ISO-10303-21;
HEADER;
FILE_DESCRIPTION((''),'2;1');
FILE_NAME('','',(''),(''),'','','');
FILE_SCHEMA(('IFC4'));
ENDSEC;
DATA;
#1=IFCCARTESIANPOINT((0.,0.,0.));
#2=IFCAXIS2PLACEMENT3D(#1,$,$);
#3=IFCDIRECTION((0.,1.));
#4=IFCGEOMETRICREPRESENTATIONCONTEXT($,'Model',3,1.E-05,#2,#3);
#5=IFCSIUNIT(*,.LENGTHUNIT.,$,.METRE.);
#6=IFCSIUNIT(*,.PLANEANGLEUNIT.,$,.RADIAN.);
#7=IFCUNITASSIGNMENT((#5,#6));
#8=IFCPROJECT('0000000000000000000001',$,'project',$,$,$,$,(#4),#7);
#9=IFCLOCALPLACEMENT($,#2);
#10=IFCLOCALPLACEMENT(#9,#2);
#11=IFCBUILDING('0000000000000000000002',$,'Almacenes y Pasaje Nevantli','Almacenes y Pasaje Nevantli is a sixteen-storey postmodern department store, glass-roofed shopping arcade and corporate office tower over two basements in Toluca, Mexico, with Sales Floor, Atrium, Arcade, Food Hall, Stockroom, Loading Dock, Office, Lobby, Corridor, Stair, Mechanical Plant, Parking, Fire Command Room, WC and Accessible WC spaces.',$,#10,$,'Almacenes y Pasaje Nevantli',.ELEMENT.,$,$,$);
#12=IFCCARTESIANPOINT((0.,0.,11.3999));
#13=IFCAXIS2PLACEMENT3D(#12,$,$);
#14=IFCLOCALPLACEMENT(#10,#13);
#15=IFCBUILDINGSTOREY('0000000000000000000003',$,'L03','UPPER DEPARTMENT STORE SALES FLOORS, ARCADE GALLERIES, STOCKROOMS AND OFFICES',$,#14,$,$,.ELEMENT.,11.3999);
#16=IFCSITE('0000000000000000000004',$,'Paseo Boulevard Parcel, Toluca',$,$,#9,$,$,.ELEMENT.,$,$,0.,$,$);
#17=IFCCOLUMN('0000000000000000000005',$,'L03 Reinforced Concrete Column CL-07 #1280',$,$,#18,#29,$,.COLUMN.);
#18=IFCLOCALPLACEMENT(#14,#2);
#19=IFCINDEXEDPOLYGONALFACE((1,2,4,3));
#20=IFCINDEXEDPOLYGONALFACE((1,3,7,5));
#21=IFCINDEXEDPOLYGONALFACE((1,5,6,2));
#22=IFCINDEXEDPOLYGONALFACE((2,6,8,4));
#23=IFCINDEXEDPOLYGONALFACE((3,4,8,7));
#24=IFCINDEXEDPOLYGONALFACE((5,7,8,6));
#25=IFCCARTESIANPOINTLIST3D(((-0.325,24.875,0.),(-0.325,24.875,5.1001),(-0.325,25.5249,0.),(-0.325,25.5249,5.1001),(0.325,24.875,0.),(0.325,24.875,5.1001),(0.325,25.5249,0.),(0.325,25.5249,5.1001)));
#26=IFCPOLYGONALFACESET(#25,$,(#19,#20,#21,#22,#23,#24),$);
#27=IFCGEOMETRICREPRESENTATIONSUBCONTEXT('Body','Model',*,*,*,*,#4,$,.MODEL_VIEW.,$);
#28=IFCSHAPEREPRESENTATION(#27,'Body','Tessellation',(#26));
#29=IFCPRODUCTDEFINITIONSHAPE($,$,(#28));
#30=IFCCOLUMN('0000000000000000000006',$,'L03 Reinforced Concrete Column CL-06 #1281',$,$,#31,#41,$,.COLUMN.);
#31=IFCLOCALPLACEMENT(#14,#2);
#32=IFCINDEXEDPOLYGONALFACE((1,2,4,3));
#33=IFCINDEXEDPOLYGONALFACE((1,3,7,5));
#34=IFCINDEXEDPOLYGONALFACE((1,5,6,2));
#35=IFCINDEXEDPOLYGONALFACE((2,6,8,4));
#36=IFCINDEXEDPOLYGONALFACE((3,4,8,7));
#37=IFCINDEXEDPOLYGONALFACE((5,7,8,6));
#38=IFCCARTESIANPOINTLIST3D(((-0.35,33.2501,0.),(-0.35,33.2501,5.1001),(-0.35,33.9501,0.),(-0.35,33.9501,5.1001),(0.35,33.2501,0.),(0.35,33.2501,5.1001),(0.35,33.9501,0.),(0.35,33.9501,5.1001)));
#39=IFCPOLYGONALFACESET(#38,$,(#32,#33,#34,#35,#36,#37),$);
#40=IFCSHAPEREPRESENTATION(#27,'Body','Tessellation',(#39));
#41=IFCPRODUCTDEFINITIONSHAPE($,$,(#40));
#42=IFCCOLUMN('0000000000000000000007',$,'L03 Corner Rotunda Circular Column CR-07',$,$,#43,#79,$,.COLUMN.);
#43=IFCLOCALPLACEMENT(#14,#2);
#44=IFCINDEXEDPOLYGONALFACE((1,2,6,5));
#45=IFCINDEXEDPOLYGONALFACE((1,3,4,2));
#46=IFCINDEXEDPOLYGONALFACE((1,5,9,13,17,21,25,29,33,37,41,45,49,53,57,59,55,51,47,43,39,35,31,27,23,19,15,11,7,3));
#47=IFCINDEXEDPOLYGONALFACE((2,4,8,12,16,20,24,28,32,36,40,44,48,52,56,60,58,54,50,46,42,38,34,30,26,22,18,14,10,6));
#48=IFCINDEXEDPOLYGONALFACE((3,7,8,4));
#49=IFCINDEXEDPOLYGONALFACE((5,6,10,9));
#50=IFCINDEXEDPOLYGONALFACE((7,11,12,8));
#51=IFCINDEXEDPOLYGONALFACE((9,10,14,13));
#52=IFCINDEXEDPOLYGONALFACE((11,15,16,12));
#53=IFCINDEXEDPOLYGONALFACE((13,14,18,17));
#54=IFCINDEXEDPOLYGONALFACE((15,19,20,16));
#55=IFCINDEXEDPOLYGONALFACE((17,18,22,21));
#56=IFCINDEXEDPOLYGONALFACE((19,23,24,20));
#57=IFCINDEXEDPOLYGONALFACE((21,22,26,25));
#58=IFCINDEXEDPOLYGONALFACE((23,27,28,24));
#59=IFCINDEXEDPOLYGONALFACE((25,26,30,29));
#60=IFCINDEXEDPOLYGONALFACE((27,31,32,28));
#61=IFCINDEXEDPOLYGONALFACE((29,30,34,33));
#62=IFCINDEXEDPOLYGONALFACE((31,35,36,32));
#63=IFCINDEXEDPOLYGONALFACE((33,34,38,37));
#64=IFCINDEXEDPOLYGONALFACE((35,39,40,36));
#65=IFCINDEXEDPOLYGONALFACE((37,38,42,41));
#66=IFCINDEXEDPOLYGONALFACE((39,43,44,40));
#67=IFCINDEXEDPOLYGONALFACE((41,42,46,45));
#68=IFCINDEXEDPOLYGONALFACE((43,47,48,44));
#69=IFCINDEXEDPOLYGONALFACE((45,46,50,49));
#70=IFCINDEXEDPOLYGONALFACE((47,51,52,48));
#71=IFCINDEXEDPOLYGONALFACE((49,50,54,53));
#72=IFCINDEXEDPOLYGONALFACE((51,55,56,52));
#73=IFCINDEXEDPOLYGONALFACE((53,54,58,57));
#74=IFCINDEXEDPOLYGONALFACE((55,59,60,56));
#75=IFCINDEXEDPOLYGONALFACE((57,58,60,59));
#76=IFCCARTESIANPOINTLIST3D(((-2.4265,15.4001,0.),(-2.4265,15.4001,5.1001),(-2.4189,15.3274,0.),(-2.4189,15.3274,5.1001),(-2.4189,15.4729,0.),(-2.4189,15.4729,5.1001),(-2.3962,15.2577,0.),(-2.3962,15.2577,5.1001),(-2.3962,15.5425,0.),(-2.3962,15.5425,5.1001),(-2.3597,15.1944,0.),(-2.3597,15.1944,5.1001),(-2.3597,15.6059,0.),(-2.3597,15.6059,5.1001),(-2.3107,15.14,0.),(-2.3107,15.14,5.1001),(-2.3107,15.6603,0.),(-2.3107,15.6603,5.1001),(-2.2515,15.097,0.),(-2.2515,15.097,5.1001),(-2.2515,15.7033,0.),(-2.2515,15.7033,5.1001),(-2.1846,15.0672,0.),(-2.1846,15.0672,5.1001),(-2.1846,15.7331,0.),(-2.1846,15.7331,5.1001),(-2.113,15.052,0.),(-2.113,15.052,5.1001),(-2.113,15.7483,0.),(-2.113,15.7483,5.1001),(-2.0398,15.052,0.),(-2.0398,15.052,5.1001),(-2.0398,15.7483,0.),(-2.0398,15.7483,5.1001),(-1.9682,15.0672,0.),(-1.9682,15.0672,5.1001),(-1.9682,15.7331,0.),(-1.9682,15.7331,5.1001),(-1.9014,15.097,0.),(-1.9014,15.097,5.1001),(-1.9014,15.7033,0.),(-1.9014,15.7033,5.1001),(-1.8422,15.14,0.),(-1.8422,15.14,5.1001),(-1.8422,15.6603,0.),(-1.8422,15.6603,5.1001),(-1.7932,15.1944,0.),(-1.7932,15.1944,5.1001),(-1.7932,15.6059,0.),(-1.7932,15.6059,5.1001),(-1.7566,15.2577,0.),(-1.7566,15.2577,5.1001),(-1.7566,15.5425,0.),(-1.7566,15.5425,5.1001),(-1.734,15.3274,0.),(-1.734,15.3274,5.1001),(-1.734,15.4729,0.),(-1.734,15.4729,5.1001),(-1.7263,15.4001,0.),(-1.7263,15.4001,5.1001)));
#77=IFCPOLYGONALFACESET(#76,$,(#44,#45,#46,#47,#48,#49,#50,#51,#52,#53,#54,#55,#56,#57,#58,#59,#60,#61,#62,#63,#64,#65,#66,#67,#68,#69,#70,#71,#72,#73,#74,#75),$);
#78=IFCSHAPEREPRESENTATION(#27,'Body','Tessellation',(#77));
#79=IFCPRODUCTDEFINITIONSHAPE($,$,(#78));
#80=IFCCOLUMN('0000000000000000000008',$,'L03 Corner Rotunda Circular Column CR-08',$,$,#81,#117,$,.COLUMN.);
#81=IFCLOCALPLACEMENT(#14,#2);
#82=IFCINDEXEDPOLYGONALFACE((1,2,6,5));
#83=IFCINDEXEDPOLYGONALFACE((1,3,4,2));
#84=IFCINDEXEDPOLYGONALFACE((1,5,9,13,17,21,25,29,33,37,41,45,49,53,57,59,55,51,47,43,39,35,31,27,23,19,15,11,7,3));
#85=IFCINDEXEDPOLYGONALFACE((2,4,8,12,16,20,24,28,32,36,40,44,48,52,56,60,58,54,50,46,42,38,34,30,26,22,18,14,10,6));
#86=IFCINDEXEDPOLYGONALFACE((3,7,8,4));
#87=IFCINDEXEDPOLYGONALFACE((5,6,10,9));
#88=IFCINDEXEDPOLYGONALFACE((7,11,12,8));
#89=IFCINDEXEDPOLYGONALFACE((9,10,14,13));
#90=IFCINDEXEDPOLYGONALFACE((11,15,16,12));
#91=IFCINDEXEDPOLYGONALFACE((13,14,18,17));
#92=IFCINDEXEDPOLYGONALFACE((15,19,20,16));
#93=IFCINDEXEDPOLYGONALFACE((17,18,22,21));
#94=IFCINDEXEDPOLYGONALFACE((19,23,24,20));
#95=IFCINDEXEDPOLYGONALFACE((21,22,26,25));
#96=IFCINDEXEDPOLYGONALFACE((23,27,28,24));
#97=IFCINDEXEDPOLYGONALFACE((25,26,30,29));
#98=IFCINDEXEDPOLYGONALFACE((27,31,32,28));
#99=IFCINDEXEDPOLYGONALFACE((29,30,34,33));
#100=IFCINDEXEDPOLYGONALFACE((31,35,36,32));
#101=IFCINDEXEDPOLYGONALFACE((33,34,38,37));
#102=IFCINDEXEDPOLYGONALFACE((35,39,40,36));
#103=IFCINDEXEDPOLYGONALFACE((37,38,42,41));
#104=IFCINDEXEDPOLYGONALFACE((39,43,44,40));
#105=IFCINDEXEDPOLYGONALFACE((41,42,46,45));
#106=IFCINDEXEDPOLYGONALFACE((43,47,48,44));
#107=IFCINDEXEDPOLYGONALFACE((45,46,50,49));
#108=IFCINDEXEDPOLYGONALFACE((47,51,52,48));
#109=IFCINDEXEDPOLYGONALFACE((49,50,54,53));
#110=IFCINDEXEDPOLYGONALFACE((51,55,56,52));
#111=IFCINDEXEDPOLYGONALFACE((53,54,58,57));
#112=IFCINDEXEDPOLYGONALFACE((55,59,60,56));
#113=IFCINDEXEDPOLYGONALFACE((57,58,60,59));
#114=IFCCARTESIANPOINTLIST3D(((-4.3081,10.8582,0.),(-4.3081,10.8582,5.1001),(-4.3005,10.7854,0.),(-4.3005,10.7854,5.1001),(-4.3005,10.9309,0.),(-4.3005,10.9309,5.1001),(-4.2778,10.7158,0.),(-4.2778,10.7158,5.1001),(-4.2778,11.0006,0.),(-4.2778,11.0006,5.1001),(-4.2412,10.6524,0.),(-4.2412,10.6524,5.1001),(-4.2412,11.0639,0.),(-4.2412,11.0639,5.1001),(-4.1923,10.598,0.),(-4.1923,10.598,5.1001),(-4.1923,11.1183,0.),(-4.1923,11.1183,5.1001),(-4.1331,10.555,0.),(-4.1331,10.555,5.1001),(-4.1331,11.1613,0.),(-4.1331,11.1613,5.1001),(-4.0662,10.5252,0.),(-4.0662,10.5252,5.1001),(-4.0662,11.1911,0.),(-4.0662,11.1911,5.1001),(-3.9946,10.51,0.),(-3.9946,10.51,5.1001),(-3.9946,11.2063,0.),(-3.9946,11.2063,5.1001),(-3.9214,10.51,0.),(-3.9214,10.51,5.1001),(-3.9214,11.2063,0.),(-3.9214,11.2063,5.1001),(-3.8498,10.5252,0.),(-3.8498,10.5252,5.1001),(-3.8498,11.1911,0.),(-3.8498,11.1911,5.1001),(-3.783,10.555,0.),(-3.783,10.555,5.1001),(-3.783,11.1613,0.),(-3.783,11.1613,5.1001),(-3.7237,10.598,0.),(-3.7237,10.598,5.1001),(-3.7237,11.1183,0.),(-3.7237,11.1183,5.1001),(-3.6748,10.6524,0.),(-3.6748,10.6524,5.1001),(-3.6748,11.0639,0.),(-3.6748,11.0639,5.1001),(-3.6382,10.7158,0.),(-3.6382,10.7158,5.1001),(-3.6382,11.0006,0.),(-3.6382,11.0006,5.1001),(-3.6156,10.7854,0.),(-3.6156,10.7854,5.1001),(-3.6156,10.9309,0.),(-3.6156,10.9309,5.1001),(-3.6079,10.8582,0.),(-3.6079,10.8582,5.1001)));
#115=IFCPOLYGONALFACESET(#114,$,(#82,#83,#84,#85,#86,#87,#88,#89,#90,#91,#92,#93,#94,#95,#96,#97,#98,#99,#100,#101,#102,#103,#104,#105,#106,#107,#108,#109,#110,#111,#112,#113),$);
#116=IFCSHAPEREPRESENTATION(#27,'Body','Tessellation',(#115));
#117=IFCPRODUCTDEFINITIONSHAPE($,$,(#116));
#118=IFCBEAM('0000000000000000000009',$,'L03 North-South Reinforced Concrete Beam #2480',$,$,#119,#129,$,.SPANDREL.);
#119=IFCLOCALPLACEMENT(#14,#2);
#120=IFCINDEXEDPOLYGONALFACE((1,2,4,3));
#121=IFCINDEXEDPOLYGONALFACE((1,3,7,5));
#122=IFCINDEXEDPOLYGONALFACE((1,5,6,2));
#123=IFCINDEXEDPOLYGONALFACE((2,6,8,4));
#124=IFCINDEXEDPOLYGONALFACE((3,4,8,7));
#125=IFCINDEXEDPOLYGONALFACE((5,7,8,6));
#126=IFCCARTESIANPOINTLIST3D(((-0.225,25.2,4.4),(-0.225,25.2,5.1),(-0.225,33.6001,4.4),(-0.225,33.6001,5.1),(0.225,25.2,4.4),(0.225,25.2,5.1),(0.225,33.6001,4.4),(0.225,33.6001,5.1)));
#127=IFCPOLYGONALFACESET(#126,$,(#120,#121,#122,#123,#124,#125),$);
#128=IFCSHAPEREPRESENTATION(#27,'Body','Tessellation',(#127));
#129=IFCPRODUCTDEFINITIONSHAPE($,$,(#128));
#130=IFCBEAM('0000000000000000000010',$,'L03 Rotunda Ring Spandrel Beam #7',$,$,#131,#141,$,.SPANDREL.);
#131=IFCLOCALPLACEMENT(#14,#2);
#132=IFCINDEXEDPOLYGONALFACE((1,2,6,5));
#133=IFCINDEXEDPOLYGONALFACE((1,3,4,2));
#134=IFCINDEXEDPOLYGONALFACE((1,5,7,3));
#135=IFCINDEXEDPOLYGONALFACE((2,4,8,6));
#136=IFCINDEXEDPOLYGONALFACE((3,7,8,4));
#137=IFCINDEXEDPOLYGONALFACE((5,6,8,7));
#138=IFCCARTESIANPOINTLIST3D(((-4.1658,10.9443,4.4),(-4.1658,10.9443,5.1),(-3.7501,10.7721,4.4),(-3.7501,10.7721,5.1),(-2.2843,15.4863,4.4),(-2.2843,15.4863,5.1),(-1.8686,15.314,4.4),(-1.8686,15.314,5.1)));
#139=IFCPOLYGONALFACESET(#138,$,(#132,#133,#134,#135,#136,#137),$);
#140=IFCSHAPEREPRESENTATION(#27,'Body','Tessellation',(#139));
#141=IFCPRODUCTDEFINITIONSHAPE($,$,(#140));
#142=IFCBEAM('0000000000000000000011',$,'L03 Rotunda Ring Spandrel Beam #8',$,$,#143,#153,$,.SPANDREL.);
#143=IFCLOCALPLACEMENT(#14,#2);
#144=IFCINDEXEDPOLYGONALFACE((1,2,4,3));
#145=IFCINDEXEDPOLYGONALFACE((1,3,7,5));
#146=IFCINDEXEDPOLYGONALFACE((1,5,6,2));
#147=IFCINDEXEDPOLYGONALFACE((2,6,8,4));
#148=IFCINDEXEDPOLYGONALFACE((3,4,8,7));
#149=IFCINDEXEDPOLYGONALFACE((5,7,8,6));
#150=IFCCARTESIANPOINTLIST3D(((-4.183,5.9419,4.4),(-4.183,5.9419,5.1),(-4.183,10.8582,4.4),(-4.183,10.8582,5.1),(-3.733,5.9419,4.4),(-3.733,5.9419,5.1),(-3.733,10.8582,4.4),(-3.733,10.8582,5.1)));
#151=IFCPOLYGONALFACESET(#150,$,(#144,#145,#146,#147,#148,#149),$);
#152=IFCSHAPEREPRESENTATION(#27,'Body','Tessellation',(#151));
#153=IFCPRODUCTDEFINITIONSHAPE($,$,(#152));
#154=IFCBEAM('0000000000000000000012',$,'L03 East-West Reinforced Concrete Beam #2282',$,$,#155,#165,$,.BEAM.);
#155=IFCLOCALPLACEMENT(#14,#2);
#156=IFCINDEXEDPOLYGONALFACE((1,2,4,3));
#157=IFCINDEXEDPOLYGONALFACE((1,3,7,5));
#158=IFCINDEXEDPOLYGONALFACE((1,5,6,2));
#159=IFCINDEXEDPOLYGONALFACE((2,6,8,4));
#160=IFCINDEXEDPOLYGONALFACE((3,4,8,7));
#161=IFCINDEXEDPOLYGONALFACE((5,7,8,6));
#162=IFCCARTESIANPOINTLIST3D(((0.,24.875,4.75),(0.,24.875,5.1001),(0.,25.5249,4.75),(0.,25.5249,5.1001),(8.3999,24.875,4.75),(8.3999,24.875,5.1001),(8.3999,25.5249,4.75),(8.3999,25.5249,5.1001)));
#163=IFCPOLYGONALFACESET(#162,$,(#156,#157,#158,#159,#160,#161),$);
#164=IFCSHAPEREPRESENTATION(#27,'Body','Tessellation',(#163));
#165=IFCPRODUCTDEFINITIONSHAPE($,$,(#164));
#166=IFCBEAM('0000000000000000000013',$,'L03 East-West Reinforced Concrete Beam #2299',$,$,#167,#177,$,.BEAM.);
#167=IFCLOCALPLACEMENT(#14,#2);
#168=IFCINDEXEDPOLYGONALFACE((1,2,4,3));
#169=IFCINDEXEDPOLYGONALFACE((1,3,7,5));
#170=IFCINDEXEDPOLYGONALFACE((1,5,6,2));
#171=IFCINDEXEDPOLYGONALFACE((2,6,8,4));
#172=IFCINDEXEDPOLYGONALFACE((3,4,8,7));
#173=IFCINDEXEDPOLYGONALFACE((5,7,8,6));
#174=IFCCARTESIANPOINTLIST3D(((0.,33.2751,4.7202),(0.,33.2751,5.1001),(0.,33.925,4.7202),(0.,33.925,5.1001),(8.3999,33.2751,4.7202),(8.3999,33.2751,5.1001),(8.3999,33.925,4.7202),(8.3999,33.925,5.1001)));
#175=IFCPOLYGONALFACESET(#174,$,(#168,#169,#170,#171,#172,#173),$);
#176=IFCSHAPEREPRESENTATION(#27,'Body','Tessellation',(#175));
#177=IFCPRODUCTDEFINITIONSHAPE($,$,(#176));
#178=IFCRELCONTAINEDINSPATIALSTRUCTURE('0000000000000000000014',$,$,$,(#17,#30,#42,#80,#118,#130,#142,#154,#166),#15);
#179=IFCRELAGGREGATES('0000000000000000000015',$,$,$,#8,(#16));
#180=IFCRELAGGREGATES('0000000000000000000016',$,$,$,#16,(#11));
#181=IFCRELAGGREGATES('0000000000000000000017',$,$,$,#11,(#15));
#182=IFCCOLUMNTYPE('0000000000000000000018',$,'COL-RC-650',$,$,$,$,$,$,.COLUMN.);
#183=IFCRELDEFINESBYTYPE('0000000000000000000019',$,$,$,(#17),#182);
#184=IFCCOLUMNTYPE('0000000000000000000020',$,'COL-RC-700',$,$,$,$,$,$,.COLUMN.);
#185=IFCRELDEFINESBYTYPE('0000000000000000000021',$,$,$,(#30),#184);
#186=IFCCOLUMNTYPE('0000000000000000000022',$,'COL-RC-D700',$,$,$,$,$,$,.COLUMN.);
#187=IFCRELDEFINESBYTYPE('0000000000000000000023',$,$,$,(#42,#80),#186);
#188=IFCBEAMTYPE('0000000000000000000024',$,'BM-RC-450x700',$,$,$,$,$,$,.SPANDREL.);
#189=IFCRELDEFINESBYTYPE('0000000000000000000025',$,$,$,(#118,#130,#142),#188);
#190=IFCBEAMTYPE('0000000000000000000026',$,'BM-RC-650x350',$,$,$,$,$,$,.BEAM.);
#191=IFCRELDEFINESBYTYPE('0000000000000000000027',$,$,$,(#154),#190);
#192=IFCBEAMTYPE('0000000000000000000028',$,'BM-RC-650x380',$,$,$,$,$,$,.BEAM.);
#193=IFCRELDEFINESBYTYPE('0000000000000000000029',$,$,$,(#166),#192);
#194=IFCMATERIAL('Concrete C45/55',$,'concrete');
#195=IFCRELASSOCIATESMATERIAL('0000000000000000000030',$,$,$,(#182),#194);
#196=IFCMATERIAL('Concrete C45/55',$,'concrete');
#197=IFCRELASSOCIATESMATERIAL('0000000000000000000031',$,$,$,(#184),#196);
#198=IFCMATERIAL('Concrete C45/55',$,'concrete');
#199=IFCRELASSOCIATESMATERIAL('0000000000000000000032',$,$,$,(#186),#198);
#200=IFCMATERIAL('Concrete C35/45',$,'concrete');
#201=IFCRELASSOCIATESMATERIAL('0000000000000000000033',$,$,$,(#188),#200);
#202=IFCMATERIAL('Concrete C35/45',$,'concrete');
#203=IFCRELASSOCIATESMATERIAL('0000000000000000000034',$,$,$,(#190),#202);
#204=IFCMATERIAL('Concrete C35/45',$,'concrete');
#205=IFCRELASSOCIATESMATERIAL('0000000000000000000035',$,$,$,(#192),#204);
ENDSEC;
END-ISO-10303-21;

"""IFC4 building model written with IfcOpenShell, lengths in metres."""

from ifc_helpers import new_model, si_unit, direction, frame, origin, origin_2d, place, context, subcontext, project, spatial, rectangle, circle, extrude, material, material_profile, profile_set, type_object, element, save


model = new_model("IFC4")

# Units and contexts
model_context = context("Model", 3, precision=1e-05, world=origin(), true_north=direction((0.0, 1.0)))
body_context = subcontext(model_context, "Body", "Model", "MODEL_VIEW")
ifc_project = project(units=[si_unit("LENGTHUNIT", "METRE"), si_unit("PLANEANGLEUNIT", "RADIAN")], contexts=[model_context])

# Site, building, storey
site_placement = place(None, origin())
site = spatial("IfcSite", under=ifc_project, at=site_placement, Name="Paseo Boulevard Parcel, Toluca", CompositionType="ELEMENT", RefElevation=0.0)
building_placement = place(site_placement, origin())
building = spatial("IfcBuilding", under=site, at=building_placement, Name="Almacenes y Pasaje Nevantli", Description="Almacenes y Pasaje Nevantli is a sixteen-storey postmodern department store, glass-roofed shopping arcade and corporate office tower over two basements in Toluca, Mexico, with Sales Floor, Atrium, Arcade, Food Hall, Stockroom, Loading Dock, Office, Lobby, Corridor, Stair, Mechanical Plant, Parking, Fire Command Room, WC and Accessible WC spaces.", LongName="Almacenes y Pasaje Nevantli", CompositionType="ELEMENT")
storey_placement = place(building_placement, frame((0.0, 0.0, 11.3999)))
storey = spatial("IfcBuildingStorey", under=building, at=storey_placement, Name="L03", Description="UPPER DEPARTMENT STORE SALES FLOORS, ARCADE GALLERIES, STOCKROOMS AND OFFICES", CompositionType="ELEMENT", Elevation=11.3999)

# Columns
ifc_material_1 = material(Name="Concrete C45/55", Category="concrete")
ifc_material_profile_1 = material_profile(ifc_material_1, rectangle(XDim=0.6499, YDim=0.6499, at=origin_2d()), Name="RC-COL-650x650")
ifc_profile_set_1 = profile_set([ifc_material_profile_1], Name="Concrete C45/55")
column_type_1 = type_object("IfcColumnType", Name="COL-RC-650", PredefinedType="COLUMN", material=ifc_profile_set_1)
column_1_placement = place(storey_placement, frame((0.0, 25.2, 0.0), z_axis=(0.0, 0.0, 1.0), x_axis=(1.0, 0.0, 0.0)))
element("IfcColumn", 1, at=column_1_placement, inside=storey, type_object=column_type_1, Name="L03 Reinforced Concrete Column CL-07 #1280", PredefinedType="COLUMN", context=body_context, shape_type="SweptSolid", body=[
    extrude(rectangle(XDim=0.6499, YDim=0.6499, at=origin_2d()), origin(), (0.0, 0.0, 1.0), 5.1001),
])
ifc_material_2 = material(Name="Concrete C45/55", Category="concrete")
ifc_material_profile_2 = material_profile(ifc_material_2, rectangle(XDim=0.7, YDim=0.7, at=origin_2d()), Name="RC-COL-700x700")
ifc_profile_set_2 = profile_set([ifc_material_profile_2], Name="Concrete C45/55")
column_type_2 = type_object("IfcColumnType", Name="COL-RC-700", PredefinedType="COLUMN", material=ifc_profile_set_2)
column_2_placement = place(storey_placement, frame((0.0, 33.6001, 0.0), z_axis=(0.0, 0.0, 1.0), x_axis=(1.0, 0.0, 0.0)))
element("IfcColumn", 2, at=column_2_placement, inside=storey, type_object=column_type_2, Name="L03 Reinforced Concrete Column CL-06 #1281", PredefinedType="COLUMN", context=body_context, shape_type="SweptSolid", body=[
    extrude(rectangle(XDim=0.7, YDim=0.7, at=origin_2d()), origin(), (0.0, 0.0, 1.0), 5.1001),
])
ifc_material_3 = material(Name="Concrete C45/55", Category="concrete")
ifc_material_profile_3 = material_profile(ifc_material_3, circle(Radius=0.3501, at=origin_2d()), Name="RC-COL-D700")
ifc_profile_set_3 = profile_set([ifc_material_profile_3], Name="Concrete C45/55")
column_type_3 = type_object("IfcColumnType", Name="COL-RC-D700", PredefinedType="COLUMN", material=ifc_profile_set_3)
for number, where, z_axis, x_axis, name in (
    (3, (-2.0764, 15.4001, 0.0), (0.0, 0.0, 1.0), (1.0, 0.0, 0.0), "L03 Corner Rotunda Circular Column CR-07"),
    (4, (-3.958, 10.8582, 0.0), (0.0, 0.0, 1.0), (1.0, 0.0, 0.0), "L03 Corner Rotunda Circular Column CR-08"),
):
    element("IfcColumn", number, at=place(storey_placement, frame(where, z_axis=z_axis, x_axis=x_axis)), inside=storey, type_object=column_type_3, Name=name, PredefinedType="COLUMN", context=body_context, shape_type="SweptSolid", body=[
        extrude(circle(Radius=0.3501, at=origin_2d()), origin(), (0.0, 0.0, 1.0), 5.1001),
    ])

# Beams
ifc_material_4 = material(Name="Concrete C35/45", Category="concrete")
ifc_material_profile_4 = material_profile(ifc_material_4, rectangle(XDim=0.45, YDim=0.7, at=origin_2d()), Name="RC-BM-450x700")
ifc_profile_set_4 = profile_set([ifc_material_profile_4], Name="Concrete C35/45")
beam_type_1 = type_object("IfcBeamType", Name="BM-RC-450x700", PredefinedType="SPANDREL", material=ifc_profile_set_4)
beam_1_placement = place(storey_placement, frame((0.0, 25.2, 4.75), z_axis=(0.0, 1.0, 0.0), x_axis=(-1.0, 0.0, 0.0)))
element("IfcBeam", 5, at=beam_1_placement, inside=storey, type_object=beam_type_1, Name="L03 North-South Reinforced Concrete Beam #2480", PredefinedType="SPANDREL", context=body_context, shape_type="SweptSolid", body=[
    extrude(rectangle(XDim=0.45, YDim=0.7, at=origin_2d()), origin(), (0.0, 0.0, 1.0), 8.4001),
])
for number, where, z_axis, x_axis, name in (
    (6, (-2.0764, 15.4001, 4.75), (-0.382725, -0.923862, 0.0), (0.923862, -0.382725, 0.0), "L03 Rotunda Ring Spandrel Beam #7"),
    (7, (-3.958, 10.8582, 4.75), (0.0, -1.0, 0.0), (1.0, 0.0, 0.0), "L03 Rotunda Ring Spandrel Beam #8"),
):
    element("IfcBeam", number, at=place(storey_placement, frame(where, z_axis=z_axis, x_axis=x_axis)), inside=storey, type_object=beam_type_1, Name=name, PredefinedType="SPANDREL", context=body_context, shape_type="SweptSolid", body=[
        extrude(rectangle(XDim=0.45, YDim=0.7, at=origin_2d()), origin(), (0.0, 0.0, 1.0), 4.9163),
    ])
ifc_material_5 = material(Name="Concrete C35/45", Category="concrete")
ifc_material_profile_5 = material_profile(ifc_material_5, rectangle(XDim=0.6499, YDim=0.3501, at=origin_2d()), Name="RC-BM-650x350")
ifc_profile_set_5 = profile_set([ifc_material_profile_5], Name="Concrete C35/45")
beam_type_2 = type_object("IfcBeamType", Name="BM-RC-650x350", PredefinedType="BEAM", material=ifc_profile_set_5)
beam_2_placement = place(storey_placement, frame((0.0, 25.2, 4.925), z_axis=(1.0, 0.0, 0.0), x_axis=(0.0, 1.0, 0.0)))
element("IfcBeam", 8, at=beam_2_placement, inside=storey, type_object=beam_type_2, Name="L03 East-West Reinforced Concrete Beam #2282", PredefinedType="BEAM", context=body_context, shape_type="SweptSolid", body=[
    extrude(rectangle(XDim=0.6499, YDim=0.3501, at=origin_2d()), origin(), (0.0, 0.0, 1.0), 8.3999),
])
ifc_material_6 = material(Name="Concrete C35/45", Category="concrete")
ifc_material_profile_6 = material_profile(ifc_material_6, rectangle(XDim=0.6499, YDim=0.3799, at=origin_2d()), Name="RC-BM-650x380")
ifc_profile_set_6 = profile_set([ifc_material_profile_6], Name="Concrete C35/45")
beam_type_3 = type_object("IfcBeamType", Name="BM-RC-650x380", PredefinedType="BEAM", material=ifc_profile_set_6)
beam_3_placement = place(storey_placement, frame((0.0, 33.6001, 4.9102), z_axis=(1.0, 0.0, 0.0), x_axis=(0.0, 1.0, 0.0)))
element("IfcBeam", 9, at=beam_3_placement, inside=storey, type_object=beam_type_3, Name="L03 East-West Reinforced Concrete Beam #2299", PredefinedType="BEAM", context=body_context, shape_type="SweptSolid", body=[
    extrude(rectangle(XDim=0.6499, YDim=0.3799, at=origin_2d()), origin(), (0.0, 0.0, 1.0), 8.3999),
])

save(model, "model.ifc")
